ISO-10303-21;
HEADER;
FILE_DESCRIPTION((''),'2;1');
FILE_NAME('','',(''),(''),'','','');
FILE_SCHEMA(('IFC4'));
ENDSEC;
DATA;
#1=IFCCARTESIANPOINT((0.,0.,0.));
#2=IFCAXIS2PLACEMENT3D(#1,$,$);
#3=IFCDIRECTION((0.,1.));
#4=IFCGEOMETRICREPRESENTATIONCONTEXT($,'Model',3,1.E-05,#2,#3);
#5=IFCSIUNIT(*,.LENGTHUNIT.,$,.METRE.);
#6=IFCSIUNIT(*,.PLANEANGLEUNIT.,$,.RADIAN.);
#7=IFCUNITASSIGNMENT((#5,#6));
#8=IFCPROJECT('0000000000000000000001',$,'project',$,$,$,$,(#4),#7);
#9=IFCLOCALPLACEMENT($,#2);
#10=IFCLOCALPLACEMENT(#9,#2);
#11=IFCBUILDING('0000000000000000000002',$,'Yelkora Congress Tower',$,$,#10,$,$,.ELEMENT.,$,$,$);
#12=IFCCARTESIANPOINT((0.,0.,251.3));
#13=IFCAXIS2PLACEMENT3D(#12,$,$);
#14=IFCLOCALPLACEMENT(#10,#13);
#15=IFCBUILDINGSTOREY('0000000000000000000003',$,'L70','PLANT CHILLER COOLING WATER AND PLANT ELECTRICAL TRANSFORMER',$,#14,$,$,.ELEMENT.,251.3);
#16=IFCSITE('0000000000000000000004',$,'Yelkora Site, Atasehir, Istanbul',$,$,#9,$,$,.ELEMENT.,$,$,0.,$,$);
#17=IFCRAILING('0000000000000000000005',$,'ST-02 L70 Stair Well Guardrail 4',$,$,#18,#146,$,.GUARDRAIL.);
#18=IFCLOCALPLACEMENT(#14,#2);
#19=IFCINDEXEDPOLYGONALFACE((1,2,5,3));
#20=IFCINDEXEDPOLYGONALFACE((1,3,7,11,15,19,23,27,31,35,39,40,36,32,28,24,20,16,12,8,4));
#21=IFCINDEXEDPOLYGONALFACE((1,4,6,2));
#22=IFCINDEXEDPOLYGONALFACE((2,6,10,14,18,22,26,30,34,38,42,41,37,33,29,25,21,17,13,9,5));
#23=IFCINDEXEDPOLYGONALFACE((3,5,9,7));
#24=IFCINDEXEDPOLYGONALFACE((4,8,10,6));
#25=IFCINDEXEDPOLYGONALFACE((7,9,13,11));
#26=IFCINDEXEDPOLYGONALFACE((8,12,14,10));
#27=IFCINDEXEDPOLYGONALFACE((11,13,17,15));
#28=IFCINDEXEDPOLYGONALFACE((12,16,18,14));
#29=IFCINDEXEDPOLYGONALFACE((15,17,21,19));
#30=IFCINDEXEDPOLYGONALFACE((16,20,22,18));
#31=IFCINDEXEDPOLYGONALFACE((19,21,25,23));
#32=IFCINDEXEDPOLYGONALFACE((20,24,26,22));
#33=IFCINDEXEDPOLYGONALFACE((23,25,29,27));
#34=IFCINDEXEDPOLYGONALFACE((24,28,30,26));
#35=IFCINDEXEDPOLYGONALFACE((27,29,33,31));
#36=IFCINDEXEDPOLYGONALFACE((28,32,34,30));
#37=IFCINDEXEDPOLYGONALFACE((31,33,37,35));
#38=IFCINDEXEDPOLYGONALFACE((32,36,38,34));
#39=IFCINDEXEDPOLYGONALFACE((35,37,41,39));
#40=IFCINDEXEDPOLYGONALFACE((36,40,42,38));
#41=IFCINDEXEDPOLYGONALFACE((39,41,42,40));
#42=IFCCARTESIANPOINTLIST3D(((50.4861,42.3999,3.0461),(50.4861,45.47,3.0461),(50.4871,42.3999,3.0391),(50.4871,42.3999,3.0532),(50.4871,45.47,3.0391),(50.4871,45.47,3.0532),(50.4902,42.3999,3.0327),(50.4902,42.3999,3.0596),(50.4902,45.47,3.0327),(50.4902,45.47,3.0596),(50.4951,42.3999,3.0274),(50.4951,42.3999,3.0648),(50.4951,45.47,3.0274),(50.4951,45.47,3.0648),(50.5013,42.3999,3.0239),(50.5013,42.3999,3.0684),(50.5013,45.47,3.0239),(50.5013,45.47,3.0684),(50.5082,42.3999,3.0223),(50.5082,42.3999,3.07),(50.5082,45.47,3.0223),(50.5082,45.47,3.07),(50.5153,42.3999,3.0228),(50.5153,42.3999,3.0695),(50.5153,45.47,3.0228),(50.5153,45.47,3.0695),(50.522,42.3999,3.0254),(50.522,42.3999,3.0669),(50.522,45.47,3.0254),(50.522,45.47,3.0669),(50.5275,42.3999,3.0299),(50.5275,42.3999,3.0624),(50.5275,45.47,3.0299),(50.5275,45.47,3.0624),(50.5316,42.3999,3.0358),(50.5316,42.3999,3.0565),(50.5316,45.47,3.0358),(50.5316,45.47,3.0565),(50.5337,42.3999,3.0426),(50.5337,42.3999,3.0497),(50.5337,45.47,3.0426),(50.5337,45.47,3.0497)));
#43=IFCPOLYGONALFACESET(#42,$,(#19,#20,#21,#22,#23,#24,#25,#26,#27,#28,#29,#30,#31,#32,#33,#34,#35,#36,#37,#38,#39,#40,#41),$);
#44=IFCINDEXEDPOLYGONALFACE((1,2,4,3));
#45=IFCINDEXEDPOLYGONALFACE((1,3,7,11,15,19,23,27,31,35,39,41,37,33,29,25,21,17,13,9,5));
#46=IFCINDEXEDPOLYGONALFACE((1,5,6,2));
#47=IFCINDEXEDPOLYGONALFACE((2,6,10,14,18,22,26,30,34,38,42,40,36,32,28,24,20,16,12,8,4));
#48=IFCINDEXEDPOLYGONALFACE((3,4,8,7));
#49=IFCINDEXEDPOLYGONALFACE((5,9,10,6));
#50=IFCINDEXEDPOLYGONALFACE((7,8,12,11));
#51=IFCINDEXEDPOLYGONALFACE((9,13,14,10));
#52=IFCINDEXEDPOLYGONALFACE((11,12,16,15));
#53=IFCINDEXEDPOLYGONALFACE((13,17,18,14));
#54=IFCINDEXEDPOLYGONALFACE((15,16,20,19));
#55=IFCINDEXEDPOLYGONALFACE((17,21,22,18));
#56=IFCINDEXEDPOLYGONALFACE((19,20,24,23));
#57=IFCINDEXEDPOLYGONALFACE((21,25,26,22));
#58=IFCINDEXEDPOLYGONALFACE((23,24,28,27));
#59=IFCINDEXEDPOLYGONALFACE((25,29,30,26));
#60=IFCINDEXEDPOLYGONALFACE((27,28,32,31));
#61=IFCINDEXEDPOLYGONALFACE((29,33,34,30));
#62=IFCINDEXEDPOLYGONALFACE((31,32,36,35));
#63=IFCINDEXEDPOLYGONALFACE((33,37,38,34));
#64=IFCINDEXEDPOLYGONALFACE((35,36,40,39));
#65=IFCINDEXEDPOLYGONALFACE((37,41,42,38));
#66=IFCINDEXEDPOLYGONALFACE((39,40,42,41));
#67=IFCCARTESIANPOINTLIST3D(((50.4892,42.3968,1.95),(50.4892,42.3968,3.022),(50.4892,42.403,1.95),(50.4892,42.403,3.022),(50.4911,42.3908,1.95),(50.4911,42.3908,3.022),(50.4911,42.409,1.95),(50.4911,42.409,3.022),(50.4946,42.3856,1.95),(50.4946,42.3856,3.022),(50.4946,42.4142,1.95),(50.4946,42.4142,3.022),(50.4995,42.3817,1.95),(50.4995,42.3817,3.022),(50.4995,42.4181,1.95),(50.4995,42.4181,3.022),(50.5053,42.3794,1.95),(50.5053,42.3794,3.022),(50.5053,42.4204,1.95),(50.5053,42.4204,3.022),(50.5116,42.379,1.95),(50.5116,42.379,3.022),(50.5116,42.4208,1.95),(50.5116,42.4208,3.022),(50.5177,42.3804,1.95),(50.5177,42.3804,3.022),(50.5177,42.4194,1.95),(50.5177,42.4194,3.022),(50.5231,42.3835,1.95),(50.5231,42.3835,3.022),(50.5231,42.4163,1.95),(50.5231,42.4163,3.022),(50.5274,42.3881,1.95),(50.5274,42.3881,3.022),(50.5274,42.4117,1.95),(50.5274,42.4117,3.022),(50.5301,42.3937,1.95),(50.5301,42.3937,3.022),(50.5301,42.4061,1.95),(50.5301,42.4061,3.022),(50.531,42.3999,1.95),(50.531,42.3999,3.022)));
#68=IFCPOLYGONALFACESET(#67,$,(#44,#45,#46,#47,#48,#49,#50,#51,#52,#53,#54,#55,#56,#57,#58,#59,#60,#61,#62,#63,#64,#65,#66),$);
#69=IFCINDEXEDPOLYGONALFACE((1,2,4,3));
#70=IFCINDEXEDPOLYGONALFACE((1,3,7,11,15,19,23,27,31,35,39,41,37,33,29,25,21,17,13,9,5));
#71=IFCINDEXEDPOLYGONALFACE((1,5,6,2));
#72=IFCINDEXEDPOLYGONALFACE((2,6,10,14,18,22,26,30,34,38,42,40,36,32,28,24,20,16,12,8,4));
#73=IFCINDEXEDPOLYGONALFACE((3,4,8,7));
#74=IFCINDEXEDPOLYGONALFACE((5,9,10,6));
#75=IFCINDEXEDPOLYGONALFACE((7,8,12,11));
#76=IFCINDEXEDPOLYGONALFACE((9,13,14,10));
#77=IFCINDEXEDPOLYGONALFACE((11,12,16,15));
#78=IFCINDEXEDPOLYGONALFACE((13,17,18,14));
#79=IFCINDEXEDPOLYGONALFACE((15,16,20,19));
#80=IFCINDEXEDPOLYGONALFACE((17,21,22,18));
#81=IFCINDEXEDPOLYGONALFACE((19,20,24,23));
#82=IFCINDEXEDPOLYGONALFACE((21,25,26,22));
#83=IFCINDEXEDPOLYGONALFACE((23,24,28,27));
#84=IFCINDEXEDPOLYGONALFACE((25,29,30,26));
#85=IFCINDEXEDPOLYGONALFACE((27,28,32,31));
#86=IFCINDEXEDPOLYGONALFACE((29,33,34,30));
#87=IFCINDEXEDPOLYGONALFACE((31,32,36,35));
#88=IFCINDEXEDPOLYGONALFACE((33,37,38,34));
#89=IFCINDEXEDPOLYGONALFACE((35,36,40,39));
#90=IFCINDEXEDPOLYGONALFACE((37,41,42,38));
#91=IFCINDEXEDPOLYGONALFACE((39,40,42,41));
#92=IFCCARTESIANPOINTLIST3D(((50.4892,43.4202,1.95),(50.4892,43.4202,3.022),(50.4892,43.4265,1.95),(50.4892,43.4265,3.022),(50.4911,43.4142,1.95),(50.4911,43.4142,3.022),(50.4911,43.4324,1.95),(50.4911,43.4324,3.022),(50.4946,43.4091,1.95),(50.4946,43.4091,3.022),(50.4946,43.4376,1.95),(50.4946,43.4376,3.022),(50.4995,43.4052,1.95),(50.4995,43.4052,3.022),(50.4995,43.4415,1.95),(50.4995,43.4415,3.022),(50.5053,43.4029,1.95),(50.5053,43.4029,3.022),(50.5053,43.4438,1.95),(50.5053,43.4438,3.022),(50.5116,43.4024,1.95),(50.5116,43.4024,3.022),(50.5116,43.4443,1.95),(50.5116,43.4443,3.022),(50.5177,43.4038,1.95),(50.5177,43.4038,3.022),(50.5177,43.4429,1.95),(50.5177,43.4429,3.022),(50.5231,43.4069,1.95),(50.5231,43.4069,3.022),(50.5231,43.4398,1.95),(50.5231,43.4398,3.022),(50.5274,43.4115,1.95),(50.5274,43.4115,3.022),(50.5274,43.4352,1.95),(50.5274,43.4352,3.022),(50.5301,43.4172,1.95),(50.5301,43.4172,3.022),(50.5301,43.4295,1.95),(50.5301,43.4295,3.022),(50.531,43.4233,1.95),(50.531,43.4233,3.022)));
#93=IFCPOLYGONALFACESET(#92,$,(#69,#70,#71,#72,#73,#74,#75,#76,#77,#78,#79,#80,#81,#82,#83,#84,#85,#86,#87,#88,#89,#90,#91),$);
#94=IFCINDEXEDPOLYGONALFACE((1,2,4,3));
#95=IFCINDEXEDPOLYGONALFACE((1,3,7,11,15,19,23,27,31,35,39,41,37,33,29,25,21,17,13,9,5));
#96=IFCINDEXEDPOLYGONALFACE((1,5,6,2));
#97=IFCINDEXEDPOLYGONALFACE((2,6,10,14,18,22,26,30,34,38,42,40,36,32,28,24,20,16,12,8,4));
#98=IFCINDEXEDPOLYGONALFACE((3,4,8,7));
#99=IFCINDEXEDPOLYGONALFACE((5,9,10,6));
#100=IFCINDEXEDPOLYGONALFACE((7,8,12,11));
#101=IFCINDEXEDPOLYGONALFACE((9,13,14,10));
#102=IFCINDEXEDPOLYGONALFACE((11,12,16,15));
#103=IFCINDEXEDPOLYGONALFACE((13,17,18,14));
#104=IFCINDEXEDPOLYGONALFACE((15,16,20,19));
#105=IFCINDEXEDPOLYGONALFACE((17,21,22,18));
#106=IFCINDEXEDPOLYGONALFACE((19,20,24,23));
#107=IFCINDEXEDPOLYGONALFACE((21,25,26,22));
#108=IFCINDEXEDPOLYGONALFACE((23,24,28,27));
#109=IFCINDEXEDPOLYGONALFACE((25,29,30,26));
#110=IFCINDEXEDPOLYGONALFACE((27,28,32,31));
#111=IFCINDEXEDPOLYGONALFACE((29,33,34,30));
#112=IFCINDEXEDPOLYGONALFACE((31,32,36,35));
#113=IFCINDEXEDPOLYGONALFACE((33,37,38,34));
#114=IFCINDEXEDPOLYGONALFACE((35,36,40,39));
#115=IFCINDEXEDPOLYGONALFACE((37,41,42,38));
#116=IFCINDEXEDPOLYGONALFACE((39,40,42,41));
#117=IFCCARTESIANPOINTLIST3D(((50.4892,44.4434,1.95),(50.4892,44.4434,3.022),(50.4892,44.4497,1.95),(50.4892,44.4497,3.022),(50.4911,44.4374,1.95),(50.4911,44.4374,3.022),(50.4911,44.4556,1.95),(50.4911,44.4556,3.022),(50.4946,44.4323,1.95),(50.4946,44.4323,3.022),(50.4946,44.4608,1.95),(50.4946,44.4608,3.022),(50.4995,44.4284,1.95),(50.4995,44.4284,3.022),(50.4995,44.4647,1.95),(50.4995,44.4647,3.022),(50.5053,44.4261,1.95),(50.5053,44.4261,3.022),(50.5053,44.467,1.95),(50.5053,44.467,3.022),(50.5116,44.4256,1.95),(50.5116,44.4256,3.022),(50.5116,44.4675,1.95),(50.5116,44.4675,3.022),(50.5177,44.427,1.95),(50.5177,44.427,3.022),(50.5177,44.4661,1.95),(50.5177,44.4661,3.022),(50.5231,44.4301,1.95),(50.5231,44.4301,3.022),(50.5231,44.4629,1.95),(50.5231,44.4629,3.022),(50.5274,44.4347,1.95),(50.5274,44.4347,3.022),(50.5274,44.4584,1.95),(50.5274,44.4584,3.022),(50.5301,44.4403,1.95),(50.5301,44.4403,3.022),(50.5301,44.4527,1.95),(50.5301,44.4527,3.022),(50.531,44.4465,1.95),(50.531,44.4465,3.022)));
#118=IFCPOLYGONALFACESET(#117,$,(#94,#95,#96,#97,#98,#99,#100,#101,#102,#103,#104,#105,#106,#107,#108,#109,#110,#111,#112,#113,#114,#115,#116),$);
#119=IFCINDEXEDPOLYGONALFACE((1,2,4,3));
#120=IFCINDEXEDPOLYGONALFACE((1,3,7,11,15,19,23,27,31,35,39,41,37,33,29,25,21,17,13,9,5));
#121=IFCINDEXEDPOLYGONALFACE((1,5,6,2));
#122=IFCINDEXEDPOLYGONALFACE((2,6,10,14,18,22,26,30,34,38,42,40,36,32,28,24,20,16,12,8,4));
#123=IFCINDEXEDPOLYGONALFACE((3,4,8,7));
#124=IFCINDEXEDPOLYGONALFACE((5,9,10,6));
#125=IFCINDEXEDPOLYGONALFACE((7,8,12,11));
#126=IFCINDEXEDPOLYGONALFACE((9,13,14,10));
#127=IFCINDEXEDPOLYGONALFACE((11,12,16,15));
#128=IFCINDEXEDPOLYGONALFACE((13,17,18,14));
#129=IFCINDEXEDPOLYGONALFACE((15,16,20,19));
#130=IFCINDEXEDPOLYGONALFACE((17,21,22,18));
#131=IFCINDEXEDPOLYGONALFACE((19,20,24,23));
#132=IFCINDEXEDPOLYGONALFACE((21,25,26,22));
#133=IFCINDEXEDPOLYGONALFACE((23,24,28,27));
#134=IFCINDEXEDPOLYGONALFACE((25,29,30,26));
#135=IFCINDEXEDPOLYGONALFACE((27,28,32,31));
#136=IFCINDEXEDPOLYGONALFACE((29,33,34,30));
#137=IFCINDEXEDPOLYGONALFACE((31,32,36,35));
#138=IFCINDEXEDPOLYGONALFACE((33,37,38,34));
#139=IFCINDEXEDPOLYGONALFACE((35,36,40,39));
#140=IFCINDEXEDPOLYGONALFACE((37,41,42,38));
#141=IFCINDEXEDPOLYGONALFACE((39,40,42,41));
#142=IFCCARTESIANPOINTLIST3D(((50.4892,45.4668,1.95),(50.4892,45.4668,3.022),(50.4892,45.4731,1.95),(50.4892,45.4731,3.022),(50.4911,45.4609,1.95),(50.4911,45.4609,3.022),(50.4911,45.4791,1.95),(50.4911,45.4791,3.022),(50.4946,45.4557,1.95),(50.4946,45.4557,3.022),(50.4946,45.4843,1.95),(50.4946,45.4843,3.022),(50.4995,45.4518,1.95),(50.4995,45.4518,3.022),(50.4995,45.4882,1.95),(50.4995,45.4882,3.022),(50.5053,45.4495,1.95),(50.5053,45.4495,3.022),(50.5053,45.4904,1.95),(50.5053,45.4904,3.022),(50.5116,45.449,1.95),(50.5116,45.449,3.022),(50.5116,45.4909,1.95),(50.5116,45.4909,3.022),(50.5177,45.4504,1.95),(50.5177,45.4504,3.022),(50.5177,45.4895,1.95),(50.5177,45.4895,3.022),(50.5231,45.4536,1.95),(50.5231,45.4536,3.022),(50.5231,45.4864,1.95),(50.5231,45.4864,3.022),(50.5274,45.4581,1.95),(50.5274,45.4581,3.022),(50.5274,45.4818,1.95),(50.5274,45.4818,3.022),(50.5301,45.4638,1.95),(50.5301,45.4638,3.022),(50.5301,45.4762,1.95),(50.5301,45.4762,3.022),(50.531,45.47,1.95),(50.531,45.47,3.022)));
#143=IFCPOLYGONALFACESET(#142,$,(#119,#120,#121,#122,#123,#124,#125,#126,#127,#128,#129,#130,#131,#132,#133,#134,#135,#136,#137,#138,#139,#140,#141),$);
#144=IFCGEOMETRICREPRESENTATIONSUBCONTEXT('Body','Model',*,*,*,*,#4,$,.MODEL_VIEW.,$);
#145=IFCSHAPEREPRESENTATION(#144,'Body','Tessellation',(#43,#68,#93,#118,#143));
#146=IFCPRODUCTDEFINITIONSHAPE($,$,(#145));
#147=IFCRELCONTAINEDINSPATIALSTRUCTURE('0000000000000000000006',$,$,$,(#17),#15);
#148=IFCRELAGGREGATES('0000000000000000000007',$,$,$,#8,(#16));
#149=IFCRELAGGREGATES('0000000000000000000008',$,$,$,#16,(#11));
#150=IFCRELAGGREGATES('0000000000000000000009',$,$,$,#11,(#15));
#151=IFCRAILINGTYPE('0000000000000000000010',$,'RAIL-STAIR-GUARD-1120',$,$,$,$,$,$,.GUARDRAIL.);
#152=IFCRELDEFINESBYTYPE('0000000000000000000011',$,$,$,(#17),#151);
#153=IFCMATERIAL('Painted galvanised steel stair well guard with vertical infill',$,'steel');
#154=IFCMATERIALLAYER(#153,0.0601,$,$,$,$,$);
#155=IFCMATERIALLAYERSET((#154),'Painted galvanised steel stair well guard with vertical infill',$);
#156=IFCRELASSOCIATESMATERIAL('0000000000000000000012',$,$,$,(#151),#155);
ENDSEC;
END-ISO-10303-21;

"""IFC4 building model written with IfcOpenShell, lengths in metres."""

from ifc_helpers import new_model, si_unit, direction, frame, origin, origin_2d, place, context, subcontext, project, spatial, circle, extrude, material, layer, layer_set, type_object, element, save


model = new_model("IFC4")

# Units and contexts
model_context = context("Model", 3, precision=1e-05, world=origin(), true_north=direction((0.0, 1.0)))
body_context = subcontext(model_context, "Body", "Model", "MODEL_VIEW")
ifc_project = project(units=[si_unit("LENGTHUNIT", "METRE"), si_unit("PLANEANGLEUNIT", "RADIAN")], contexts=[model_context])

# Site, building, storey
site_placement = place(None, origin())
site = spatial("IfcSite", under=ifc_project, at=site_placement, Name="Yelkora Site, Atasehir, Istanbul", CompositionType="ELEMENT", RefElevation=0.0)
building_placement = place(site_placement, origin())
building = spatial("IfcBuilding", under=site, at=building_placement, Name="Yelkora Congress Tower", CompositionType="ELEMENT")
storey_placement = place(building_placement, frame((0.0, 0.0, 251.3)))
storey = spatial("IfcBuildingStorey", under=building, at=storey_placement, Name="L70", Description="PLANT CHILLER COOLING WATER AND PLANT ELECTRICAL TRANSFORMER", CompositionType="ELEMENT", Elevation=251.3)

# Railing
ifc_material_1 = material(Name="Painted galvanised steel stair well guard with vertical infill", Category="steel")
ifc_layer_1 = layer(ifc_material_1, 0.0601)
ifc_layer_set_1 = layer_set([ifc_layer_1], Name="Painted galvanised steel stair well guard with vertical infill")
railing_type_1 = type_object("IfcRailingType", Name="RAIL-STAIR-GUARD-1120", PredefinedType="GUARDRAIL", material=ifc_layer_set_1)
for number, where, name in (
    (1, (50.51, 42.3999, 1.95), "ST-02 L70 Stair Well Guardrail 4"),
):
    element("IfcRailing", number, at=place(storey_placement, frame(where)), inside=storey, type_object=railing_type_1, Name=name, PredefinedType="GUARDRAIL", context=body_context, shape_type="SweptSolid", body=[
        extrude(circle(Radius=0.0239, at=origin_2d()), frame((0.0, 0.0, 1.0962), z_axis=(0.0, 1.0, 0.0), x_axis=(-1.0, 0.0, 0.0)), (0.0, 0.0, 1.0), 3.0701),
        extrude(circle(Radius=0.021, at=origin_2d()), origin(), (0.0, 0.0, 1.0), 1.072),
        extrude(circle(Radius=0.021, at=origin_2d()), frame((0.0, 1.0234, 0.0)), (0.0, 0.0, 1.0), 1.072),
        extrude(circle(Radius=0.021, at=origin_2d()), frame((0.0, 2.0466, 0.0)), (0.0, 0.0, 1.0), 1.072),
        extrude(circle(Radius=0.021, at=origin_2d()), frame((0.0, 3.0701, 0.0)), (0.0, 0.0, 1.0), 1.072),
    ])

save(model, "model.ifc")
